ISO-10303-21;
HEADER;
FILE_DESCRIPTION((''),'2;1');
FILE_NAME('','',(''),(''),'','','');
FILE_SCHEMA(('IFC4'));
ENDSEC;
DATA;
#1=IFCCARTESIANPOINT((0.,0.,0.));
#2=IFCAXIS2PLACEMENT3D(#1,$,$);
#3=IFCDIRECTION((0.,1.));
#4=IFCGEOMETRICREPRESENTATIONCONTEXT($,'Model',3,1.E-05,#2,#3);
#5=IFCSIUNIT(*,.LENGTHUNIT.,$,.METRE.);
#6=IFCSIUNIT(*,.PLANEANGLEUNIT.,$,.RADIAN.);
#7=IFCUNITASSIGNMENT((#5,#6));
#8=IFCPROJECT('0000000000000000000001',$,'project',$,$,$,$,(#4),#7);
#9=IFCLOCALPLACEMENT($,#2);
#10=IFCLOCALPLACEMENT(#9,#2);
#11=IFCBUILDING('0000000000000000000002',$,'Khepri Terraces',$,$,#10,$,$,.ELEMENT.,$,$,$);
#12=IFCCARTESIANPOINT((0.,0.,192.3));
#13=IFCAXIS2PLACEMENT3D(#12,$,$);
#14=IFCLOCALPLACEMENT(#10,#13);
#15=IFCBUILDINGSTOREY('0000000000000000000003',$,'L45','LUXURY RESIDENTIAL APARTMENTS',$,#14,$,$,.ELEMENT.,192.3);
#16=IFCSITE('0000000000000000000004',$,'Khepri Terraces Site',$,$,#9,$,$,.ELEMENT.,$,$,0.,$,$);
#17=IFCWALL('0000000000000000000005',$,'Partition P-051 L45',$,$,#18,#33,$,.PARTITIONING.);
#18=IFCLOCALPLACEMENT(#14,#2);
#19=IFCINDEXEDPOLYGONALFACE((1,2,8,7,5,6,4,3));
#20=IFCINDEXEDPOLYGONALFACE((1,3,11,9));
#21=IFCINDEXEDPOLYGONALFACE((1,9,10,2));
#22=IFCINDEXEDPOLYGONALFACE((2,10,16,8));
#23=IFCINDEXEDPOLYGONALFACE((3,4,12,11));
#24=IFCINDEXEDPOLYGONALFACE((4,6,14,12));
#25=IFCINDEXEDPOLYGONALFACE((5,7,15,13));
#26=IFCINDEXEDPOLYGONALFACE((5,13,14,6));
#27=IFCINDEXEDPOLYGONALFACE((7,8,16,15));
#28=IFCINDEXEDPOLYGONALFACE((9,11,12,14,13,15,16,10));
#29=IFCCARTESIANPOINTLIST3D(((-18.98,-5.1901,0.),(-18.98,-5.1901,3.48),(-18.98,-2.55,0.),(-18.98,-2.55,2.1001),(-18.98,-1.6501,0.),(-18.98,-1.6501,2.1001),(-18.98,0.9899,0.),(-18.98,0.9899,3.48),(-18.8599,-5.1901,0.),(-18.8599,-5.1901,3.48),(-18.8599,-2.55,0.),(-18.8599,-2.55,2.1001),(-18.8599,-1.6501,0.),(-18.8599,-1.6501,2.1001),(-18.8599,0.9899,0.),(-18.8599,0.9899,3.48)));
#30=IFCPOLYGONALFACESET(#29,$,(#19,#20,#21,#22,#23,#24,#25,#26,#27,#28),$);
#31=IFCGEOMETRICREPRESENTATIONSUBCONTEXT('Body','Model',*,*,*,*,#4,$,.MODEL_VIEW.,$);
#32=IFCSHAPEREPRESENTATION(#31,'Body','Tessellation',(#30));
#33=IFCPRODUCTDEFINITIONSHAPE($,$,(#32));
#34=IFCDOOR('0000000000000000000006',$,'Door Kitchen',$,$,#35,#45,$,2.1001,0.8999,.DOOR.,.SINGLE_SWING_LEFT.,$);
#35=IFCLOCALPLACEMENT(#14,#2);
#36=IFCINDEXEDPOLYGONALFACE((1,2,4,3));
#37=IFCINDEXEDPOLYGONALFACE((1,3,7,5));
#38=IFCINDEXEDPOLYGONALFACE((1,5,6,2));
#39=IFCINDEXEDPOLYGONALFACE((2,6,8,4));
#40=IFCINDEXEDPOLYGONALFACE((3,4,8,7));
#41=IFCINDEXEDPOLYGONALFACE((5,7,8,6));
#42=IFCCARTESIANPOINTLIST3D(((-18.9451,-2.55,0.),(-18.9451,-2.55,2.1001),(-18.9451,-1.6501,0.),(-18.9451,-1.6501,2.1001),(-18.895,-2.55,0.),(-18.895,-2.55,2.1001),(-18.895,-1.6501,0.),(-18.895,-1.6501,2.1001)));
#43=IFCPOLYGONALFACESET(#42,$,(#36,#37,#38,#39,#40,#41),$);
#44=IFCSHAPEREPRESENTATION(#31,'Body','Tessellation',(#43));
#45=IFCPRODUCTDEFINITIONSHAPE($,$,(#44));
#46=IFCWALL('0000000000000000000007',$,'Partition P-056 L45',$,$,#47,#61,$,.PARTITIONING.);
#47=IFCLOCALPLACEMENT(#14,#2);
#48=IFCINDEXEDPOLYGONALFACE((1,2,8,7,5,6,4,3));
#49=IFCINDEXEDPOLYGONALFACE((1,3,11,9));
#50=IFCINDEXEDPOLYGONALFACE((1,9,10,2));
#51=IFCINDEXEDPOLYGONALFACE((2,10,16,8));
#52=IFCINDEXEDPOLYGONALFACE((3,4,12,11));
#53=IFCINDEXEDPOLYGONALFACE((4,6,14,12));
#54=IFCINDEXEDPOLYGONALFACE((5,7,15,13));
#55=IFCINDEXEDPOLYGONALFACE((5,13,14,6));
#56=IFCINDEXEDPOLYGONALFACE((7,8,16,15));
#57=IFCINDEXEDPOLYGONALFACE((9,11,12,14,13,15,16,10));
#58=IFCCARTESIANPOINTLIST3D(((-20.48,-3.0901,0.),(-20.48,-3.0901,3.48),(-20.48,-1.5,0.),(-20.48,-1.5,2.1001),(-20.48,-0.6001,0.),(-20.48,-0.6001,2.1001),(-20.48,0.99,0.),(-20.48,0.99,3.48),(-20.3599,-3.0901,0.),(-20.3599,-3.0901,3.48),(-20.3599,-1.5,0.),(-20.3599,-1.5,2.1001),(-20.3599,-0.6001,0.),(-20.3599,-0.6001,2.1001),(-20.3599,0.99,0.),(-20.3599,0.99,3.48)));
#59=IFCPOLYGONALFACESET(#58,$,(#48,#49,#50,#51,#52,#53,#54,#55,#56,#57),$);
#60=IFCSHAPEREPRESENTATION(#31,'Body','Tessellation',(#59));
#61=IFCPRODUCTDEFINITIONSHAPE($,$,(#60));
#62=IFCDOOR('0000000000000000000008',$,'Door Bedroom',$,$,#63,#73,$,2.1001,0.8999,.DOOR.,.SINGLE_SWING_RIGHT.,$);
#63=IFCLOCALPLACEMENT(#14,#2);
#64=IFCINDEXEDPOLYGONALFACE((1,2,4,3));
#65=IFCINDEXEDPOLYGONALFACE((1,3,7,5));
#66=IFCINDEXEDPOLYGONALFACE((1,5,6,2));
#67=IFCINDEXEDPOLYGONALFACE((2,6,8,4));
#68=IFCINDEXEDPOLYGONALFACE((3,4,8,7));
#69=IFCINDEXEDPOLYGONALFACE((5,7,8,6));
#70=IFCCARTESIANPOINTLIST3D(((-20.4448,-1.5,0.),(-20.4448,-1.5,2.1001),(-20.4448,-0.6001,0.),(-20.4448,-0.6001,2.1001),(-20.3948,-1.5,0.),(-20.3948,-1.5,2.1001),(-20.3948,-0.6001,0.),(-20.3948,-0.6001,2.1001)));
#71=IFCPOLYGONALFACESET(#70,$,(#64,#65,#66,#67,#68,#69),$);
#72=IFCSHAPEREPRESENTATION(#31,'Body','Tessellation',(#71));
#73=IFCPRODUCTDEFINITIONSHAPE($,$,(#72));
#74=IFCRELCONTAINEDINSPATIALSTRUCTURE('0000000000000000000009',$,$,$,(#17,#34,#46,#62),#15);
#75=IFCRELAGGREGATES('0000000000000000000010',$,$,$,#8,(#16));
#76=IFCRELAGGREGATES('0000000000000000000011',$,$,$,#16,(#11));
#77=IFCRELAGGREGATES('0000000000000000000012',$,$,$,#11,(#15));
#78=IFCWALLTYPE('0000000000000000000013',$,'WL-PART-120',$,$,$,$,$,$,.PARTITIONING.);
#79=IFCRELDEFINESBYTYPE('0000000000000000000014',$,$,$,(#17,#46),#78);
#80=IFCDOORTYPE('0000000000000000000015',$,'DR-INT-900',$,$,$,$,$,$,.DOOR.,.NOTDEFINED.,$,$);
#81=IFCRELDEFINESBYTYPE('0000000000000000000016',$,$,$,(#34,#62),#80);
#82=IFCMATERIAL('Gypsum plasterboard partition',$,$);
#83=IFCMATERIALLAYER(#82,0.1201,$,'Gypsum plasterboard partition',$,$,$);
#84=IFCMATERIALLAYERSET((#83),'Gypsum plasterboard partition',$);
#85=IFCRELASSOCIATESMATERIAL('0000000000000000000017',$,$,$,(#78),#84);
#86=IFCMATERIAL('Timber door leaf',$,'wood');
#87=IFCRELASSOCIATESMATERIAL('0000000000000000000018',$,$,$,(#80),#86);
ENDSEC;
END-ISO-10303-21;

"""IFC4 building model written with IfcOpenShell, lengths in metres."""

from ifc_helpers import new_model, si_unit, direction, frame, frame_2d, origin, place, context, subcontext, project, spatial, rectangle, extrude, material, layer, layer_set, type_object, element, fill, save


model = new_model("IFC4")

# Units and contexts
model_context = context("Model", 3, precision=1e-05, world=origin(), true_north=direction((0.0, 1.0)))
body_context = subcontext(model_context, "Body", "Model", "MODEL_VIEW")
ifc_project = project(units=[si_unit("LENGTHUNIT", "METRE"), si_unit("PLANEANGLEUNIT", "RADIAN")], contexts=[model_context])

# Site, building, storey
site_placement = place(None, origin())
site = spatial("IfcSite", under=ifc_project, at=site_placement, Name="Khepri Terraces Site", CompositionType="ELEMENT", RefElevation=0.0)
building_placement = place(site_placement, origin())
building = spatial("IfcBuilding", under=site, at=building_placement, Name="Khepri Terraces", CompositionType="ELEMENT")
storey_placement = place(building_placement, frame((0.0, 0.0, 192.3)))
storey = spatial("IfcBuildingStorey", under=building, at=storey_placement, Name="L45", Description="LUXURY RESIDENTIAL APARTMENTS", CompositionType="ELEMENT", Elevation=192.3)

# Shared definitions
ifc_material_1 = material(Name="Gypsum plasterboard partition")
ifc_layer_1 = layer(ifc_material_1, 0.1201, Name="Gypsum plasterboard partition")
ifc_layer_set_1 = layer_set([ifc_layer_1], Name="Gypsum plasterboard partition")
wall_type_1 = type_object("IfcWallType", Name="WL-PART-120", PredefinedType="PARTITIONING", material=ifc_layer_set_1)
ifc_material_2 = material(Name="Timber door leaf", Category="wood")
door_type_1 = type_object("IfcDoorType", Name="DR-INT-900", OperationType="NOTDEFINED", PredefinedType="DOOR", material=ifc_material_2)

# Walls, openings, doors
wall_1_placement = place(storey_placement, frame((-18.9199, -5.1899, 0.0), z_axis=(0.0, 0.0, 1.0), x_axis=(0.0, 1.0, 0.0)))
wall_1 = element("IfcWall", 1, at=wall_1_placement, inside=storey, type_object=wall_type_1, Name="Partition P-051 L45", PredefinedType="PARTITIONING", context=body_context, shape_type="SweptSolid", body=[
    extrude(rectangle(XDim=6.1799, YDim=0.1201, at=frame_2d((3.0898, 0.0))), origin(), (0.0, 0.0, 1.0), 3.48),
])
opening_1_placement = place(wall_1_placement, frame((2.6399, 0.0, 0.0)))
opening_1 = element("IfcOpeningElement", 2, at=opening_1_placement, cuts=wall_1, PredefinedType="OPENING", context=body_context, shape_type="SweptSolid", body=[
    extrude(rectangle(XDim=0.8999, YDim=2.1001, at=frame_2d((0.45, 1.05))), frame((0.0, 0.0701, 0.0), z_axis=(0.0, -1.0, 0.0), x_axis=(1.0, 0.0, 0.0)), (0.0, 0.0, 1.0), 0.1401),
])
door_1_placement = place(opening_1_placement, frame((0.8999, 0.0, 0.0), z_axis=(0.0, 0.0, 1.0), x_axis=(-1.0, 0.0, 0.0)))
door_1 = element("IfcDoor", 3, at=door_1_placement, inside=storey, type_object=door_type_1, Name="Door Kitchen", OperationType="SINGLE_SWING_LEFT", OverallHeight=2.1001, OverallWidth=0.8999, PredefinedType="DOOR", context=body_context, shape_type="SweptSolid", body=[
    extrude(rectangle(XDim=0.8999, YDim=2.1001, at=frame_2d((0.45, 1.05))), frame((0.0, 0.0249, 0.0), z_axis=(0.0, -1.0, 0.0), x_axis=(1.0, 0.0, 0.0)), (0.0, 0.0, 1.0), 0.05),
])
fill(opening_1, door_1)
wall_2_placement = place(storey_placement, frame((-20.4199, -3.0901, 0.0), z_axis=(0.0, 0.0, 1.0), x_axis=(0.0, 1.0, 0.0)))
wall_2 = element("IfcWall", 4, at=wall_2_placement, inside=storey, type_object=wall_type_1, Name="Partition P-056 L45", PredefinedType="PARTITIONING", context=body_context, shape_type="SweptSolid", body=[
    extrude(rectangle(XDim=4.0801, YDim=0.1201, at=frame_2d((2.04, 0.0))), origin(), (0.0, 0.0, 1.0), 3.48),
])
opening_2_placement = place(wall_2_placement, frame((1.5901, 0.0, 0.0)))
opening_2 = element("IfcOpeningElement", 5, at=opening_2_placement, cuts=wall_2, PredefinedType="OPENING", context=body_context, shape_type="SweptSolid", body=[
    extrude(rectangle(XDim=0.8999, YDim=2.1001, at=frame_2d((0.45, 1.05))), frame((0.0, 0.0701, 0.0), z_axis=(0.0, -1.0, 0.0), x_axis=(1.0, 0.0, 0.0)), (0.0, 0.0, 1.0), 0.1401),
])
door_2_placement = place(opening_2_placement, origin())
door_2 = element("IfcDoor", 6, at=door_2_placement, inside=storey, type_object=door_type_1, Name="Door Bedroom", OperationType="SINGLE_SWING_RIGHT", OverallHeight=2.1001, OverallWidth=0.8999, PredefinedType="DOOR", context=body_context, shape_type="SweptSolid", body=[
    extrude(rectangle(XDim=0.8999, YDim=2.1001, at=frame_2d((0.45, 1.05))), frame((0.0, 0.0249, 0.0), z_axis=(0.0, -1.0, 0.0), x_axis=(1.0, 0.0, 0.0)), (0.0, 0.0, 1.0), 0.05),
])
fill(opening_2, door_2)

save(model, "model.ifc")
